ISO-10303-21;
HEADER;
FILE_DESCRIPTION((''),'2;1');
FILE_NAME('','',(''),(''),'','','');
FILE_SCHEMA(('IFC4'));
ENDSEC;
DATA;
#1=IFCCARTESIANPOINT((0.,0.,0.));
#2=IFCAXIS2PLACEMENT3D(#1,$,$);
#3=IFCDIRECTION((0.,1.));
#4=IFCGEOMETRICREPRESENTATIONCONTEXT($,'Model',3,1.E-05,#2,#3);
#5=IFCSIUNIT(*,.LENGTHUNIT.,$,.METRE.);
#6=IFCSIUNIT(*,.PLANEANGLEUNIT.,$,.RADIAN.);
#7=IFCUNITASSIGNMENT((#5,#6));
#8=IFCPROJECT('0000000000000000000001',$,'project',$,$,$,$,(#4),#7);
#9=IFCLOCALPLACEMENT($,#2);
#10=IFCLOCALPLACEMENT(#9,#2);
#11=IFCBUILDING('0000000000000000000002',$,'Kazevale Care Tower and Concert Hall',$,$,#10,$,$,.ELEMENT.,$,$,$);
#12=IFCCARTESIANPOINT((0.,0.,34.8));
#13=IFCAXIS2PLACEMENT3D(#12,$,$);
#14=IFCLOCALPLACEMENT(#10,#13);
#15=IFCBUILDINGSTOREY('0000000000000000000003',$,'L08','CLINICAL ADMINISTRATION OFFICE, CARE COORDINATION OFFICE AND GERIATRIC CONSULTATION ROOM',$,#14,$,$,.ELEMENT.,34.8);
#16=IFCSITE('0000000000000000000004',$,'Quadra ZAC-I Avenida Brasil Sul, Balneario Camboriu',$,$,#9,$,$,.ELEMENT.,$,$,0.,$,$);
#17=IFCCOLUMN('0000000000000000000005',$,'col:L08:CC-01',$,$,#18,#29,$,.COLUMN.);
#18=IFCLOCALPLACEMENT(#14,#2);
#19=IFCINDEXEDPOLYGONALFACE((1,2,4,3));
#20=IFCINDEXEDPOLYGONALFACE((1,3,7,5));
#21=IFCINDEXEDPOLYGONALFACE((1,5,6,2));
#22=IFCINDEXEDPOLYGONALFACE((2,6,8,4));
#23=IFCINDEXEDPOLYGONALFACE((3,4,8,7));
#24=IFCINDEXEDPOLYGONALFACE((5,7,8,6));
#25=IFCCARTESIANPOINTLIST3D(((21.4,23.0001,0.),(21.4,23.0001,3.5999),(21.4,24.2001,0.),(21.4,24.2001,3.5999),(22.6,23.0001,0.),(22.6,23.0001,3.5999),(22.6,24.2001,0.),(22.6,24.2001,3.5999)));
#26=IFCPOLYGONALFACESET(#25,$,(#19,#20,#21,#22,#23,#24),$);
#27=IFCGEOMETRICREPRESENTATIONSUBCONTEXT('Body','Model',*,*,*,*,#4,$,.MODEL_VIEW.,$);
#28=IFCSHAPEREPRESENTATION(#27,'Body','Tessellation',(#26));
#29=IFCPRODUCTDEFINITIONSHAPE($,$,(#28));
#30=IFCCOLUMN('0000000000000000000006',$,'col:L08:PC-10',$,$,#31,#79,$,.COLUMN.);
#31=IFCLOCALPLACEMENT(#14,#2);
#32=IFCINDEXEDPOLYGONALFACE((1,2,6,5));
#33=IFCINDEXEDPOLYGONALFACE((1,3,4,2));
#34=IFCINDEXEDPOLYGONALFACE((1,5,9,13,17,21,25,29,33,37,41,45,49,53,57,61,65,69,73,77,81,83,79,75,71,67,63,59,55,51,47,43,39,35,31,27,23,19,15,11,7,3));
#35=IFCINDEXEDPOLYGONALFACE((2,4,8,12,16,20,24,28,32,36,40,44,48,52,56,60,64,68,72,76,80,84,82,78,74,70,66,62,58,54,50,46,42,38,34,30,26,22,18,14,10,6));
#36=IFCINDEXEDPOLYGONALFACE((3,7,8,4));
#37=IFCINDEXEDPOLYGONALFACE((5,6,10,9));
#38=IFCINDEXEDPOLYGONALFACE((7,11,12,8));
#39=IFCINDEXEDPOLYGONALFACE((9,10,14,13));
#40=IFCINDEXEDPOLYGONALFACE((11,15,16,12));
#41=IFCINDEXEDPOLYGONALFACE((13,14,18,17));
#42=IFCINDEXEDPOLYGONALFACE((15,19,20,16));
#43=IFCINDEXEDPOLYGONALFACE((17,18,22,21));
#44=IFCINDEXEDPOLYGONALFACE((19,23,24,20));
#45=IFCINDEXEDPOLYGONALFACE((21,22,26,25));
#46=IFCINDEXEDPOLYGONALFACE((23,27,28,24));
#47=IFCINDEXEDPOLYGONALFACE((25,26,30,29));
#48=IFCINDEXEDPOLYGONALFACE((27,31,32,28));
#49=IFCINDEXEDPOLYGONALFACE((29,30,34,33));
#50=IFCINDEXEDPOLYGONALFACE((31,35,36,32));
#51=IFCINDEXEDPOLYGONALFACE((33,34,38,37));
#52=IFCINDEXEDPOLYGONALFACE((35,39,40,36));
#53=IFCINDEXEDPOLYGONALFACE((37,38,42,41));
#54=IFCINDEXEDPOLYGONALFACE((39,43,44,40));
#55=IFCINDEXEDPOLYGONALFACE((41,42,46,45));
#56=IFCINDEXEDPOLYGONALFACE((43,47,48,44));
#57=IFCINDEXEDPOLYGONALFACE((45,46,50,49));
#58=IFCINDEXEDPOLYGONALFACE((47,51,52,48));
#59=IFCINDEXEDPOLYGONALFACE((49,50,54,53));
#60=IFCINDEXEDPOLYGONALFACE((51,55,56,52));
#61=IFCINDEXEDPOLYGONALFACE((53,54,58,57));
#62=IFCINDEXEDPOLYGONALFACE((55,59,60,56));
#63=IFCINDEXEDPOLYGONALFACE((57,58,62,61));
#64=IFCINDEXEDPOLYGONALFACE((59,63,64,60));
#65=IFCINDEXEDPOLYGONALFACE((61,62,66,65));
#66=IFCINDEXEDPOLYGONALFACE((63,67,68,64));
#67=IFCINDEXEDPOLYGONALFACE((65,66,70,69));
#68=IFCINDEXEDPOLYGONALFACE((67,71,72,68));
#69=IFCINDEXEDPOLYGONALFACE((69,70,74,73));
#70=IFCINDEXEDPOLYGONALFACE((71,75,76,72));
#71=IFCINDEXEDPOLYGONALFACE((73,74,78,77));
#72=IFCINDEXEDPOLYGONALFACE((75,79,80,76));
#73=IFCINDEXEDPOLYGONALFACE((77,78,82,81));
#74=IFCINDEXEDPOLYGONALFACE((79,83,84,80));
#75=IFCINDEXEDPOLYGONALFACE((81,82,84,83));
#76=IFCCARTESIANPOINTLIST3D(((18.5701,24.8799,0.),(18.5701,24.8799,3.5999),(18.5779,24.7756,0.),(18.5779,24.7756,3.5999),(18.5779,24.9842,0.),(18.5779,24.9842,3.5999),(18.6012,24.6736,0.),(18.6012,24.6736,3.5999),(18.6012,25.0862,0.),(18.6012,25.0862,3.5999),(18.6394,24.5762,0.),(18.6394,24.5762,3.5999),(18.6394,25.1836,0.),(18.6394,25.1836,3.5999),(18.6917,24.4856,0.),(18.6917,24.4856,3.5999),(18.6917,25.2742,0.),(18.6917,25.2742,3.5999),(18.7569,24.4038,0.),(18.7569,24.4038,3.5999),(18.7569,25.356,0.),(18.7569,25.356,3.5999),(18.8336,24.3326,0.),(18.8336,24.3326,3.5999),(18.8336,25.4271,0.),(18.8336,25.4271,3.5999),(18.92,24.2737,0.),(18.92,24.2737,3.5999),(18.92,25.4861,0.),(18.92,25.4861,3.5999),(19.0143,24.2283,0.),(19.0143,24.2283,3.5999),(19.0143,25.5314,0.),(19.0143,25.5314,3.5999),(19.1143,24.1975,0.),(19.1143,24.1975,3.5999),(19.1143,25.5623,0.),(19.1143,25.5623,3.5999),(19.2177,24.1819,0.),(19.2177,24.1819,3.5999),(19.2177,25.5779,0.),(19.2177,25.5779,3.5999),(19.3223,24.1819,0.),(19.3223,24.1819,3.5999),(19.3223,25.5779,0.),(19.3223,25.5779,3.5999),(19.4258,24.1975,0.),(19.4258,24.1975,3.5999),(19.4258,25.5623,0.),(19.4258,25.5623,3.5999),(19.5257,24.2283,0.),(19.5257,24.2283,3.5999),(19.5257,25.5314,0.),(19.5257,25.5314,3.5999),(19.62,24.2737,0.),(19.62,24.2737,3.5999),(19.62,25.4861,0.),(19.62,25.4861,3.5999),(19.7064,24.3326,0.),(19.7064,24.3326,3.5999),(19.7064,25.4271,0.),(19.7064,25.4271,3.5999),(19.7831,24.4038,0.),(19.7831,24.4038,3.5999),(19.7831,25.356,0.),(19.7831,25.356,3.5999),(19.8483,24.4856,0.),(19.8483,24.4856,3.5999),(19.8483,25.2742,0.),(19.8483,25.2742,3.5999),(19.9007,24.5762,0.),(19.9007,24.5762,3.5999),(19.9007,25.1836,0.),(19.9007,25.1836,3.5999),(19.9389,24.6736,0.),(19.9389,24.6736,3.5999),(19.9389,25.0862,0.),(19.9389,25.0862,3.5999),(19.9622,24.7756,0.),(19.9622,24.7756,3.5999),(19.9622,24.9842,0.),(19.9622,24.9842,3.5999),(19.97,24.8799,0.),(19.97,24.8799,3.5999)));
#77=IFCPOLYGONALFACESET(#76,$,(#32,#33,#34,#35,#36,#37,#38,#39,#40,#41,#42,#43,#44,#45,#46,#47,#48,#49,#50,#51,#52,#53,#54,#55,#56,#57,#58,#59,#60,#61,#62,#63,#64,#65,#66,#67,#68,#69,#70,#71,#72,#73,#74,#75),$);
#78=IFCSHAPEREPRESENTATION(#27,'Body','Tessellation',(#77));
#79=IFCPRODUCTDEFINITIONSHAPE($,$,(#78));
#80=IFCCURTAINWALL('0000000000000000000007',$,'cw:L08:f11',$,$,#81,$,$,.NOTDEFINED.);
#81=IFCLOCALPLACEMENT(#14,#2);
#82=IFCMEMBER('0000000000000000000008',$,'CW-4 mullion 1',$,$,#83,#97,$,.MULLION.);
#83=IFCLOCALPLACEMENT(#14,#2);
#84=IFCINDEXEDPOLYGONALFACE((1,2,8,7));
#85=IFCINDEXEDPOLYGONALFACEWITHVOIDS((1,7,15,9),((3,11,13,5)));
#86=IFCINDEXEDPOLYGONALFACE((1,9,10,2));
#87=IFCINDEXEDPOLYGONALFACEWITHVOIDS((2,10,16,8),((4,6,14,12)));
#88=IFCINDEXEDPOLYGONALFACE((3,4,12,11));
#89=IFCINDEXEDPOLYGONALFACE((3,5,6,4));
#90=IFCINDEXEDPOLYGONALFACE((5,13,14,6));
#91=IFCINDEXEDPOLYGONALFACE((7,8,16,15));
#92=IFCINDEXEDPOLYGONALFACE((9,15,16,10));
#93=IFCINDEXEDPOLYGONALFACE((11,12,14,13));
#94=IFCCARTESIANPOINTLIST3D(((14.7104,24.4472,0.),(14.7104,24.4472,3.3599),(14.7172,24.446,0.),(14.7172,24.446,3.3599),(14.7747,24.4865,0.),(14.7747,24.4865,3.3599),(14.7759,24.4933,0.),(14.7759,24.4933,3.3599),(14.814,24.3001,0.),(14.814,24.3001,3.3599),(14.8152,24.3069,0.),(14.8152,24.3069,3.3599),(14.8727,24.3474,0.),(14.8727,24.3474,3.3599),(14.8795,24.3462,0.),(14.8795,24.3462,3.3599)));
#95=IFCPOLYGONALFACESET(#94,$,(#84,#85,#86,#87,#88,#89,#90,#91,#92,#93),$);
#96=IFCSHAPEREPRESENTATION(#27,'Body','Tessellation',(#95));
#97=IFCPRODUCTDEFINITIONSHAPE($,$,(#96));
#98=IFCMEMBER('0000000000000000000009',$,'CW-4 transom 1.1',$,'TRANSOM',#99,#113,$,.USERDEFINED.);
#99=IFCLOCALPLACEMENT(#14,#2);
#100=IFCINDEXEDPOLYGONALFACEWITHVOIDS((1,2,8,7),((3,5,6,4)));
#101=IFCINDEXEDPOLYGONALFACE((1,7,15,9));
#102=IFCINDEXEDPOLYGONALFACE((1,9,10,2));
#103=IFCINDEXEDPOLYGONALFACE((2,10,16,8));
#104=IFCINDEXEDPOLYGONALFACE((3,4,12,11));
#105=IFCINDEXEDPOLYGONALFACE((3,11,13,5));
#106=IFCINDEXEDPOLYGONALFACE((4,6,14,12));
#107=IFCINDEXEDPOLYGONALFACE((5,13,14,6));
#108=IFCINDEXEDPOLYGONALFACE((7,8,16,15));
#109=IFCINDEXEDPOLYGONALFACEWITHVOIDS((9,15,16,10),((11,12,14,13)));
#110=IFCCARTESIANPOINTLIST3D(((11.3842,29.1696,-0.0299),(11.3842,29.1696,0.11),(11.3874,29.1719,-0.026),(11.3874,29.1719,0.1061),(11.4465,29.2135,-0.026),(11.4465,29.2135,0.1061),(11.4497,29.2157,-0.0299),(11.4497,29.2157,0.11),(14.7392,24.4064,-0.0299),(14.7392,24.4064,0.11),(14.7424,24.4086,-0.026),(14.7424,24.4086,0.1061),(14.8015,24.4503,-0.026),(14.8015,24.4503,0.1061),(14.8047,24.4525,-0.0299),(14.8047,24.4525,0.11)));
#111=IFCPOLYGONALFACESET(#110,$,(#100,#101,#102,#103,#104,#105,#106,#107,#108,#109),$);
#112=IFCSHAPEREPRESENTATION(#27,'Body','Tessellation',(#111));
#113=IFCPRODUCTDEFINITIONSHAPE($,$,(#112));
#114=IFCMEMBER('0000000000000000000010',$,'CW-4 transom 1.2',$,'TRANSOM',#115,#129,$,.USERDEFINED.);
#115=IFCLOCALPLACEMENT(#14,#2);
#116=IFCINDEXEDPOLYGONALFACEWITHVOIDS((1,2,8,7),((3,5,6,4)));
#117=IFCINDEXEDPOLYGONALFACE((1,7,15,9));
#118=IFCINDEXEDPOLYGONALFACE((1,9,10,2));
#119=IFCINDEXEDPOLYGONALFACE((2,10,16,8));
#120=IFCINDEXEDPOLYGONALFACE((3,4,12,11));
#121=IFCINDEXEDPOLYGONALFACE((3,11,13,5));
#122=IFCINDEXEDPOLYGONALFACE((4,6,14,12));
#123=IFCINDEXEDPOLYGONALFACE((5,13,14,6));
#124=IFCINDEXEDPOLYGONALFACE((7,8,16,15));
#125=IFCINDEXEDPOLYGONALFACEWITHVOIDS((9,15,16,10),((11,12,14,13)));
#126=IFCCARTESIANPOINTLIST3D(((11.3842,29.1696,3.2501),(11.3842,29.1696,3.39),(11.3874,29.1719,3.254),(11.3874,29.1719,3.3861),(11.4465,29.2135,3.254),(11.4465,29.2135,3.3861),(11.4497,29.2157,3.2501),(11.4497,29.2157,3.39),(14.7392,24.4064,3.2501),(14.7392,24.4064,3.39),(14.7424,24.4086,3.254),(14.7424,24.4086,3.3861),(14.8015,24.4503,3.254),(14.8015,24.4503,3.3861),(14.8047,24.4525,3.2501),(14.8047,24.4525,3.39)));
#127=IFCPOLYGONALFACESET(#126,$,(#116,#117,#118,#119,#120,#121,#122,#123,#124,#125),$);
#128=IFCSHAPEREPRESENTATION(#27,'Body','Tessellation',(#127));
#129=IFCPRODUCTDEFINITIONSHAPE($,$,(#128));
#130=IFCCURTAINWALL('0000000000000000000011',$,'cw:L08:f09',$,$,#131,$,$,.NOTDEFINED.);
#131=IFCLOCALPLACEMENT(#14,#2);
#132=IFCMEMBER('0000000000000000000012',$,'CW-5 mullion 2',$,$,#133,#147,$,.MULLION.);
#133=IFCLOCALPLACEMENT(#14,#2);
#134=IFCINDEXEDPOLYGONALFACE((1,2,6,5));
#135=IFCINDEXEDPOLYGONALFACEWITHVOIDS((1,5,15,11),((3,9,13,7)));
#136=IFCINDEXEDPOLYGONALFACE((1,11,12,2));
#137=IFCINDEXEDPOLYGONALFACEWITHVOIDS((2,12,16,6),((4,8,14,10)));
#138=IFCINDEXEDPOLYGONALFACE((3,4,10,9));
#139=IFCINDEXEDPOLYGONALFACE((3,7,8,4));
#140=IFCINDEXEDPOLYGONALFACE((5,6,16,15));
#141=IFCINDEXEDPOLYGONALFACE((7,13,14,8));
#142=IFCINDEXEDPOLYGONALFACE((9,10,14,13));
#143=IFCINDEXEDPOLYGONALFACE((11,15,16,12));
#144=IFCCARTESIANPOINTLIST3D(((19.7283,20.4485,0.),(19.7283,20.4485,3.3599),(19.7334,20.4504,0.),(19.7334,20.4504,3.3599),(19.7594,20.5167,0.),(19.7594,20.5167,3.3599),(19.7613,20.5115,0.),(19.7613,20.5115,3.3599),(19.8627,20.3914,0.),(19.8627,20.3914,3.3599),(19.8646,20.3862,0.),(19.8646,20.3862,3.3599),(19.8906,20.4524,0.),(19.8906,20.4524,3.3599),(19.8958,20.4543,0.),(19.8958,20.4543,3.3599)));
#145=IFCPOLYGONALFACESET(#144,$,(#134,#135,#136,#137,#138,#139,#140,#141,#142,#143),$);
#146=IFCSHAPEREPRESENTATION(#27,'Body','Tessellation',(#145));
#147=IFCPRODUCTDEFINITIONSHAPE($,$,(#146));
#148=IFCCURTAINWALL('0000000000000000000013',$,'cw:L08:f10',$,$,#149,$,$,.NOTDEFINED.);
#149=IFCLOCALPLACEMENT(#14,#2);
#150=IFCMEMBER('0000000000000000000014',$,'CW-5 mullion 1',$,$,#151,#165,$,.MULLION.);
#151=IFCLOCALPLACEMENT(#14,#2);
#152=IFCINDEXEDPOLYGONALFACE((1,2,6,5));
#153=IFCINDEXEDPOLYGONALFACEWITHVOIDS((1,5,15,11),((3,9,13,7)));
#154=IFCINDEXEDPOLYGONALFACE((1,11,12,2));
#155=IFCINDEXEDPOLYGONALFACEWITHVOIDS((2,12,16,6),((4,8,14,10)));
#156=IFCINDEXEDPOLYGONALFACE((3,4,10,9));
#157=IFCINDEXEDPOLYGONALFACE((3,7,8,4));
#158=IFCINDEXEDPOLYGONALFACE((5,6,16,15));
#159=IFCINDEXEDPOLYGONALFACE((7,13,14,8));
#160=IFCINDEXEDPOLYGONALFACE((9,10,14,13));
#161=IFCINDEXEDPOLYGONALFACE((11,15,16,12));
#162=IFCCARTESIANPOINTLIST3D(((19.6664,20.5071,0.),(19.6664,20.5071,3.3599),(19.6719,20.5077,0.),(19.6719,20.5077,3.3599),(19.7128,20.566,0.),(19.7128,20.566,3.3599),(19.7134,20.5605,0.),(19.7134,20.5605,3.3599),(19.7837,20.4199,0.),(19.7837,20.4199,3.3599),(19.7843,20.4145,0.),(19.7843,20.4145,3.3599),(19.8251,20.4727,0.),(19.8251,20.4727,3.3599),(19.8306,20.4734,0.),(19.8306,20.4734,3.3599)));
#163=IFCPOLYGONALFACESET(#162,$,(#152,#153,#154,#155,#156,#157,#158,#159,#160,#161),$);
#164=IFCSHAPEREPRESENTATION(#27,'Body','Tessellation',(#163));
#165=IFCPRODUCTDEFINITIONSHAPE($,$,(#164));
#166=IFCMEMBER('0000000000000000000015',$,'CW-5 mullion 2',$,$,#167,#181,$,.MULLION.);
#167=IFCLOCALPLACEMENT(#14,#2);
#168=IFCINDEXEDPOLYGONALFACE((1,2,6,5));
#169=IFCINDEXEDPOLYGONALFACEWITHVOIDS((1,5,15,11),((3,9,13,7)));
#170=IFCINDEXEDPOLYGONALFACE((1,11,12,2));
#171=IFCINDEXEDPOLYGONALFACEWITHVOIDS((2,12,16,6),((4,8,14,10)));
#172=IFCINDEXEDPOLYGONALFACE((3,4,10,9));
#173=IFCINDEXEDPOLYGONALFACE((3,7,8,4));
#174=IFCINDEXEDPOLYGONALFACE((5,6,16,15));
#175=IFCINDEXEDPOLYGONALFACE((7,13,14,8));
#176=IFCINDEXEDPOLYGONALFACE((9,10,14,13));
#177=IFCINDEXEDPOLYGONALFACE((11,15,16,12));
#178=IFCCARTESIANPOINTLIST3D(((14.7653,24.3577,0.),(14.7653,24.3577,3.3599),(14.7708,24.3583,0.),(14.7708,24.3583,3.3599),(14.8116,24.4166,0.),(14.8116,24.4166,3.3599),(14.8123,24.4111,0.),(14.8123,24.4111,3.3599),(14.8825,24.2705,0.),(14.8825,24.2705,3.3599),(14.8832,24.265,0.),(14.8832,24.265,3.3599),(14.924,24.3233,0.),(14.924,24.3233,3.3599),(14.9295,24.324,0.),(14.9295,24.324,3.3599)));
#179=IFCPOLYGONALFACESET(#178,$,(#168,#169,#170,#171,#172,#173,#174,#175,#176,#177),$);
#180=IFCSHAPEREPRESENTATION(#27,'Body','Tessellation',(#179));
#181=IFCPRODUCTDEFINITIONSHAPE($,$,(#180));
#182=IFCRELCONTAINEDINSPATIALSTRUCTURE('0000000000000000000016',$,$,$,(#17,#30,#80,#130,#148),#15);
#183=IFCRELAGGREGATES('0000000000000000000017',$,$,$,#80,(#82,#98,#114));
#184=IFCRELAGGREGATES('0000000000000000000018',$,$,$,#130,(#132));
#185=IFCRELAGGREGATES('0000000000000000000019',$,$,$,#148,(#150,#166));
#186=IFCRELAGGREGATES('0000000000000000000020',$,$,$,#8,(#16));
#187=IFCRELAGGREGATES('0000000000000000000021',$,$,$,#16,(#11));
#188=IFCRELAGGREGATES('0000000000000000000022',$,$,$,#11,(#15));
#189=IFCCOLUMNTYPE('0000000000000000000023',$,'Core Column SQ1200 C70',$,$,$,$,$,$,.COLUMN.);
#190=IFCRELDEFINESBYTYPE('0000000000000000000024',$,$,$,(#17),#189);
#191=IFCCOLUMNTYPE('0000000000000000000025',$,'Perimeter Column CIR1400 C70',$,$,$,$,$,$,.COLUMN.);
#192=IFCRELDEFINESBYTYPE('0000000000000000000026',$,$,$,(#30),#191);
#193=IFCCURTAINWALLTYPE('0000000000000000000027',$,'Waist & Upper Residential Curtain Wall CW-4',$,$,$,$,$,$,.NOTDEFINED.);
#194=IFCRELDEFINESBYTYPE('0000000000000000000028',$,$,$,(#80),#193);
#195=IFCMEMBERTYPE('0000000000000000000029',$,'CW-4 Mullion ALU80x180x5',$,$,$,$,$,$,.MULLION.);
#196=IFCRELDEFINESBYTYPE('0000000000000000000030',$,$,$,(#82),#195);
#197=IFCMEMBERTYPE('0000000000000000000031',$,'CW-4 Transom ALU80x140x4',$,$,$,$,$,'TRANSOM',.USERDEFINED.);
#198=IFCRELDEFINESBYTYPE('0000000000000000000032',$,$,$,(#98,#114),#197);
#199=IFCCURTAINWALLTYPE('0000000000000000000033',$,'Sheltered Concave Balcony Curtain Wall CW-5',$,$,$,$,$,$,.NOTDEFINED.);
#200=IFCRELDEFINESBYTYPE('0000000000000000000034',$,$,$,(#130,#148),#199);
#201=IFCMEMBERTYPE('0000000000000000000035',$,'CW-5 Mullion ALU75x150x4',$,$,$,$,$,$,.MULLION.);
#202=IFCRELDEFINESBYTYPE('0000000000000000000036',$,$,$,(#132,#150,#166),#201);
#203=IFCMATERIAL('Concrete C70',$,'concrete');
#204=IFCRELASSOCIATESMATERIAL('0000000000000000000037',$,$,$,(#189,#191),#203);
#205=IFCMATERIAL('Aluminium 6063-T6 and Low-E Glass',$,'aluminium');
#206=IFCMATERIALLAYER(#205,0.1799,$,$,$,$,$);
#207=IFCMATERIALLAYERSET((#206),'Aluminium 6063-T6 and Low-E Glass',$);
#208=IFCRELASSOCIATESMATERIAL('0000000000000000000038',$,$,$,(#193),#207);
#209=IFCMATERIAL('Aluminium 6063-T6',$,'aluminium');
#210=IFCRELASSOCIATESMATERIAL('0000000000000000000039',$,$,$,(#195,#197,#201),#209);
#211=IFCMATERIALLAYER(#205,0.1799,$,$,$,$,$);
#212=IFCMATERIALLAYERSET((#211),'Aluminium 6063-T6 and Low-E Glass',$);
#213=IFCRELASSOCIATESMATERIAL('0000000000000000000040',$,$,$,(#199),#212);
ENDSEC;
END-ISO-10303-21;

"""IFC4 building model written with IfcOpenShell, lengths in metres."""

from ifc_helpers import new_model, si_unit, direction, frame, origin, origin_2d, place, context, subcontext, project, spatial, rectangle, hollow_rectangle, circle, extrude, material, layer, layer_set, material_profile, profile_set, type_object, element, aggregate, save


model = new_model("IFC4")

# Units and contexts
model_context = context("Model", 3, precision=1e-05, world=origin(), true_north=direction((0.0, 1.0)))
body_context = subcontext(model_context, "Body", "Model", "MODEL_VIEW")
ifc_project = project(units=[si_unit("LENGTHUNIT", "METRE"), si_unit("PLANEANGLEUNIT", "RADIAN")], contexts=[model_context])

# Site, building, storey
site_placement = place(None, origin())
site = spatial("IfcSite", under=ifc_project, at=site_placement, Name="Quadra ZAC-I Avenida Brasil Sul, Balneario Camboriu", CompositionType="ELEMENT", RefElevation=0.0)
building_placement = place(site_placement, origin())
building = spatial("IfcBuilding", under=site, at=building_placement, Name="Kazevale Care Tower and Concert Hall", CompositionType="ELEMENT")
storey_placement = place(building_placement, frame((0.0, 0.0, 34.8)))
storey = spatial("IfcBuildingStorey", under=building, at=storey_placement, Name="L08", Description="CLINICAL ADMINISTRATION OFFICE, CARE COORDINATION OFFICE AND GERIATRIC CONSULTATION ROOM", CompositionType="ELEMENT", Elevation=34.8)

# Columns
ifc_material_1 = material(Name="Concrete C70", Category="concrete")
ifc_material_profile_1 = material_profile(ifc_material_1, rectangle(XDim=1.2, YDim=1.2, at=origin_2d()), Name="RC-SQ1200")
ifc_profile_set_1 = profile_set([ifc_material_profile_1], Name="Concrete C70")
column_type_1 = type_object("IfcColumnType", Name="Core Column SQ1200 C70", PredefinedType="COLUMN", material=ifc_profile_set_1)
column_1_placement = place(storey_placement, frame((22.0, 23.6001, 0.0), z_axis=(0.0, 0.0, 1.0), x_axis=(1.0, 0.0, 0.0)))
element("IfcColumn", 1, at=column_1_placement, inside=storey, type_object=column_type_1, Name="col:L08:CC-01", PredefinedType="COLUMN", context=body_context, shape_type="SweptSolid", body=[
    extrude(rectangle(XDim=1.2, YDim=1.2, at=origin_2d()), origin(), (0.0, 0.0, 1.0), 3.5999),
])
ifc_material_profile_2 = material_profile(ifc_material_1, circle(Radius=0.7, at=origin_2d()), Name="RC-CIR1400")
ifc_profile_set_2 = profile_set([ifc_material_profile_2], Name="Concrete C70")
column_type_2 = type_object("IfcColumnType", Name="Perimeter Column CIR1400 C70", PredefinedType="COLUMN", material=ifc_profile_set_2)
column_2_placement = place(storey_placement, frame((19.27, 24.8799, 0.0), z_axis=(0.0, 0.0, 1.0), x_axis=(1.0, 0.0, 0.0)))
element("IfcColumn", 2, at=column_2_placement, inside=storey, type_object=column_type_2, Name="col:L08:PC-10", PredefinedType="COLUMN", context=body_context, shape_type="SweptSolid", body=[
    extrude(circle(Radius=0.7, at=origin_2d()), origin(), (0.0, 0.0, 1.0), 3.5999),
])

# Curtain wall, members
ifc_material_2 = material(Name="Aluminium 6063-T6 and Low-E Glass", Category="aluminium")
ifc_layer_1 = layer(ifc_material_2, 0.1799)
ifc_layer_set_1 = layer_set([ifc_layer_1], Name="Aluminium 6063-T6 and Low-E Glass")
curtain_wall_type_1 = type_object("IfcCurtainWallType", Name="Waist & Upper Residential Curtain Wall CW-4", PredefinedType="NOTDEFINED", material=ifc_layer_set_1)
curtain_wall_1_placement = place(storey_placement, origin())
curtain_wall_1 = element("IfcCurtainWall", 3, at=curtain_wall_1_placement, inside=storey, type_object=curtain_wall_type_1, Name="cw:L08:f11", PredefinedType="NOTDEFINED")
ifc_material_3 = material(Name="Aluminium 6063-T6", Category="aluminium")
ifc_material_profile_3 = material_profile(ifc_material_3, hollow_rectangle(XDim=0.0801, YDim=0.1799, WallThickness=0.0049, at=origin_2d()), Name="ALU80x180x5")
ifc_profile_set_3 = profile_set([ifc_material_profile_3], Name="Aluminium 6063-T6")
member_type_1 = type_object("IfcMemberType", Name="CW-4 Mullion ALU80x180x5", PredefinedType="MULLION", material=ifc_profile_set_3)
member_1_placement = place(storey_placement, frame((14.7949, 24.3967, 0.0), z_axis=(0.0, 0.0, 1.0), x_axis=(-0.817565, -0.575837, 0.0)))
member_1 = element("IfcMember", 4, at=member_1_placement, type_object=member_type_1, Name="CW-4 mullion 1", PredefinedType="MULLION", context=body_context, shape_type="SweptSolid", body=[
    extrude(hollow_rectangle(XDim=0.0801, YDim=0.1799, WallThickness=0.0049, at=origin_2d()), origin(), (0.0, 0.0, 1.0), 3.3599),
])
ifc_material_profile_4 = material_profile(ifc_material_3, hollow_rectangle(XDim=0.0801, YDim=0.1399, WallThickness=0.0039, at=origin_2d()), Name="ALU80x140x4")
ifc_profile_set_4 = profile_set([ifc_material_profile_4], Name="Aluminium 6063-T6")
member_type_2 = type_object("IfcMemberType", Name="CW-4 Transom ALU80x140x4", ElementType="TRANSOM", PredefinedType="USERDEFINED", material=ifc_profile_set_4)
member_2_placement = place(storey_placement, frame((14.772, 24.4294, 0.04), z_axis=(-0.57585, 0.817555, 0.0), x_axis=(-0.817555, -0.57585, 0.0)))
member_2 = element("IfcMember", 5, at=member_2_placement, type_object=member_type_2, Name="CW-4 transom 1.1", ObjectType="TRANSOM", PredefinedType="USERDEFINED", context=body_context, shape_type="SweptSolid", body=[
    extrude(hollow_rectangle(XDim=0.0801, YDim=0.1399, WallThickness=0.0039, at=origin_2d()), origin(), (0.0, 0.0, 1.0), 5.8262),
])
member_3_placement = place(storey_placement, frame((14.772, 24.4294, 3.3201), z_axis=(-0.57585, 0.817555, 0.0), x_axis=(-0.817555, -0.57585, 0.0)))
member_3 = element("IfcMember", 6, at=member_3_placement, type_object=member_type_2, Name="CW-4 transom 1.2", ObjectType="TRANSOM", PredefinedType="USERDEFINED", context=body_context, shape_type="SweptSolid", body=[
    extrude(hollow_rectangle(XDim=0.0801, YDim=0.1399, WallThickness=0.0039, at=origin_2d()), origin(), (0.0, 0.0, 1.0), 5.8262),
])

# Curtain wall, member
ifc_layer_2 = layer(ifc_material_2, 0.1799)
ifc_layer_set_2 = layer_set([ifc_layer_2], Name="Aluminium 6063-T6 and Low-E Glass")
curtain_wall_type_2 = type_object("IfcCurtainWallType", Name="Sheltered Concave Balcony Curtain Wall CW-5", PredefinedType="NOTDEFINED", material=ifc_layer_set_2)
curtain_wall_2_placement = place(storey_placement, origin())
curtain_wall_2 = element("IfcCurtainWall", 7, at=curtain_wall_2_placement, inside=storey, type_object=curtain_wall_type_2, Name="cw:L08:f09", PredefinedType="NOTDEFINED")
ifc_material_profile_5 = material_profile(ifc_material_3, hollow_rectangle(XDim=0.075, YDim=0.1499, WallThickness=0.0039, at=origin_2d()), Name="ALU75x150x4")
ifc_profile_set_5 = profile_set([ifc_material_profile_5], Name="Aluminium 6063-T6")
member_type_3 = type_object("IfcMemberType", Name="CW-5 Mullion ALU75x150x4", PredefinedType="MULLION", material=ifc_profile_set_5)
member_4_placement = place(storey_placement, frame((19.812, 20.4514, 0.0), z_axis=(0.0, 0.0, 1.0), x_axis=(-0.41566, -0.90952, 0.0)))
member_4 = element("IfcMember", 8, at=member_4_placement, type_object=member_type_3, Name="CW-5 mullion 2", PredefinedType="MULLION", context=body_context, shape_type="SweptSolid", body=[
    extrude(hollow_rectangle(XDim=0.075, YDim=0.1499, WallThickness=0.0039, at=origin_2d()), origin(), (0.0, 0.0, 1.0), 3.3599),
])

# Curtain wall, members
curtain_wall_3_placement = place(storey_placement, origin())
curtain_wall_3 = element("IfcCurtainWall", 9, at=curtain_wall_3_placement, inside=storey, type_object=curtain_wall_type_2, Name="cw:L08:f10", PredefinedType="NOTDEFINED")
member_5_placement = place(storey_placement, frame((19.7485, 20.4902, 0.0), z_axis=(0.0, 0.0, 1.0), x_axis=(-0.617808, -0.786329, 0.0)))
member_5 = element("IfcMember", 10, at=member_5_placement, type_object=member_type_3, Name="CW-5 mullion 1", PredefinedType="MULLION", context=body_context, shape_type="SweptSolid", body=[
    extrude(hollow_rectangle(XDim=0.075, YDim=0.1499, WallThickness=0.0039, at=origin_2d()), origin(), (0.0, 0.0, 1.0), 3.3599),
])
member_6_placement = place(storey_placement, frame((14.8474, 24.3408, 0.0), z_axis=(0.0, 0.0, 1.0), x_axis=(-0.617808, -0.786329, 0.0)))
member_6 = element("IfcMember", 11, at=member_6_placement, type_object=member_type_3, Name="CW-5 mullion 2", PredefinedType="MULLION", context=body_context, shape_type="SweptSolid", body=[
    extrude(hollow_rectangle(XDim=0.075, YDim=0.1499, WallThickness=0.0039, at=origin_2d()), origin(), (0.0, 0.0, 1.0), 3.3599),
])

aggregate(curtain_wall_1, [member_1, member_2, member_3])
aggregate(curtain_wall_2, [member_4])
aggregate(curtain_wall_3, [member_5, member_6])

save(model, "model.ifc")
